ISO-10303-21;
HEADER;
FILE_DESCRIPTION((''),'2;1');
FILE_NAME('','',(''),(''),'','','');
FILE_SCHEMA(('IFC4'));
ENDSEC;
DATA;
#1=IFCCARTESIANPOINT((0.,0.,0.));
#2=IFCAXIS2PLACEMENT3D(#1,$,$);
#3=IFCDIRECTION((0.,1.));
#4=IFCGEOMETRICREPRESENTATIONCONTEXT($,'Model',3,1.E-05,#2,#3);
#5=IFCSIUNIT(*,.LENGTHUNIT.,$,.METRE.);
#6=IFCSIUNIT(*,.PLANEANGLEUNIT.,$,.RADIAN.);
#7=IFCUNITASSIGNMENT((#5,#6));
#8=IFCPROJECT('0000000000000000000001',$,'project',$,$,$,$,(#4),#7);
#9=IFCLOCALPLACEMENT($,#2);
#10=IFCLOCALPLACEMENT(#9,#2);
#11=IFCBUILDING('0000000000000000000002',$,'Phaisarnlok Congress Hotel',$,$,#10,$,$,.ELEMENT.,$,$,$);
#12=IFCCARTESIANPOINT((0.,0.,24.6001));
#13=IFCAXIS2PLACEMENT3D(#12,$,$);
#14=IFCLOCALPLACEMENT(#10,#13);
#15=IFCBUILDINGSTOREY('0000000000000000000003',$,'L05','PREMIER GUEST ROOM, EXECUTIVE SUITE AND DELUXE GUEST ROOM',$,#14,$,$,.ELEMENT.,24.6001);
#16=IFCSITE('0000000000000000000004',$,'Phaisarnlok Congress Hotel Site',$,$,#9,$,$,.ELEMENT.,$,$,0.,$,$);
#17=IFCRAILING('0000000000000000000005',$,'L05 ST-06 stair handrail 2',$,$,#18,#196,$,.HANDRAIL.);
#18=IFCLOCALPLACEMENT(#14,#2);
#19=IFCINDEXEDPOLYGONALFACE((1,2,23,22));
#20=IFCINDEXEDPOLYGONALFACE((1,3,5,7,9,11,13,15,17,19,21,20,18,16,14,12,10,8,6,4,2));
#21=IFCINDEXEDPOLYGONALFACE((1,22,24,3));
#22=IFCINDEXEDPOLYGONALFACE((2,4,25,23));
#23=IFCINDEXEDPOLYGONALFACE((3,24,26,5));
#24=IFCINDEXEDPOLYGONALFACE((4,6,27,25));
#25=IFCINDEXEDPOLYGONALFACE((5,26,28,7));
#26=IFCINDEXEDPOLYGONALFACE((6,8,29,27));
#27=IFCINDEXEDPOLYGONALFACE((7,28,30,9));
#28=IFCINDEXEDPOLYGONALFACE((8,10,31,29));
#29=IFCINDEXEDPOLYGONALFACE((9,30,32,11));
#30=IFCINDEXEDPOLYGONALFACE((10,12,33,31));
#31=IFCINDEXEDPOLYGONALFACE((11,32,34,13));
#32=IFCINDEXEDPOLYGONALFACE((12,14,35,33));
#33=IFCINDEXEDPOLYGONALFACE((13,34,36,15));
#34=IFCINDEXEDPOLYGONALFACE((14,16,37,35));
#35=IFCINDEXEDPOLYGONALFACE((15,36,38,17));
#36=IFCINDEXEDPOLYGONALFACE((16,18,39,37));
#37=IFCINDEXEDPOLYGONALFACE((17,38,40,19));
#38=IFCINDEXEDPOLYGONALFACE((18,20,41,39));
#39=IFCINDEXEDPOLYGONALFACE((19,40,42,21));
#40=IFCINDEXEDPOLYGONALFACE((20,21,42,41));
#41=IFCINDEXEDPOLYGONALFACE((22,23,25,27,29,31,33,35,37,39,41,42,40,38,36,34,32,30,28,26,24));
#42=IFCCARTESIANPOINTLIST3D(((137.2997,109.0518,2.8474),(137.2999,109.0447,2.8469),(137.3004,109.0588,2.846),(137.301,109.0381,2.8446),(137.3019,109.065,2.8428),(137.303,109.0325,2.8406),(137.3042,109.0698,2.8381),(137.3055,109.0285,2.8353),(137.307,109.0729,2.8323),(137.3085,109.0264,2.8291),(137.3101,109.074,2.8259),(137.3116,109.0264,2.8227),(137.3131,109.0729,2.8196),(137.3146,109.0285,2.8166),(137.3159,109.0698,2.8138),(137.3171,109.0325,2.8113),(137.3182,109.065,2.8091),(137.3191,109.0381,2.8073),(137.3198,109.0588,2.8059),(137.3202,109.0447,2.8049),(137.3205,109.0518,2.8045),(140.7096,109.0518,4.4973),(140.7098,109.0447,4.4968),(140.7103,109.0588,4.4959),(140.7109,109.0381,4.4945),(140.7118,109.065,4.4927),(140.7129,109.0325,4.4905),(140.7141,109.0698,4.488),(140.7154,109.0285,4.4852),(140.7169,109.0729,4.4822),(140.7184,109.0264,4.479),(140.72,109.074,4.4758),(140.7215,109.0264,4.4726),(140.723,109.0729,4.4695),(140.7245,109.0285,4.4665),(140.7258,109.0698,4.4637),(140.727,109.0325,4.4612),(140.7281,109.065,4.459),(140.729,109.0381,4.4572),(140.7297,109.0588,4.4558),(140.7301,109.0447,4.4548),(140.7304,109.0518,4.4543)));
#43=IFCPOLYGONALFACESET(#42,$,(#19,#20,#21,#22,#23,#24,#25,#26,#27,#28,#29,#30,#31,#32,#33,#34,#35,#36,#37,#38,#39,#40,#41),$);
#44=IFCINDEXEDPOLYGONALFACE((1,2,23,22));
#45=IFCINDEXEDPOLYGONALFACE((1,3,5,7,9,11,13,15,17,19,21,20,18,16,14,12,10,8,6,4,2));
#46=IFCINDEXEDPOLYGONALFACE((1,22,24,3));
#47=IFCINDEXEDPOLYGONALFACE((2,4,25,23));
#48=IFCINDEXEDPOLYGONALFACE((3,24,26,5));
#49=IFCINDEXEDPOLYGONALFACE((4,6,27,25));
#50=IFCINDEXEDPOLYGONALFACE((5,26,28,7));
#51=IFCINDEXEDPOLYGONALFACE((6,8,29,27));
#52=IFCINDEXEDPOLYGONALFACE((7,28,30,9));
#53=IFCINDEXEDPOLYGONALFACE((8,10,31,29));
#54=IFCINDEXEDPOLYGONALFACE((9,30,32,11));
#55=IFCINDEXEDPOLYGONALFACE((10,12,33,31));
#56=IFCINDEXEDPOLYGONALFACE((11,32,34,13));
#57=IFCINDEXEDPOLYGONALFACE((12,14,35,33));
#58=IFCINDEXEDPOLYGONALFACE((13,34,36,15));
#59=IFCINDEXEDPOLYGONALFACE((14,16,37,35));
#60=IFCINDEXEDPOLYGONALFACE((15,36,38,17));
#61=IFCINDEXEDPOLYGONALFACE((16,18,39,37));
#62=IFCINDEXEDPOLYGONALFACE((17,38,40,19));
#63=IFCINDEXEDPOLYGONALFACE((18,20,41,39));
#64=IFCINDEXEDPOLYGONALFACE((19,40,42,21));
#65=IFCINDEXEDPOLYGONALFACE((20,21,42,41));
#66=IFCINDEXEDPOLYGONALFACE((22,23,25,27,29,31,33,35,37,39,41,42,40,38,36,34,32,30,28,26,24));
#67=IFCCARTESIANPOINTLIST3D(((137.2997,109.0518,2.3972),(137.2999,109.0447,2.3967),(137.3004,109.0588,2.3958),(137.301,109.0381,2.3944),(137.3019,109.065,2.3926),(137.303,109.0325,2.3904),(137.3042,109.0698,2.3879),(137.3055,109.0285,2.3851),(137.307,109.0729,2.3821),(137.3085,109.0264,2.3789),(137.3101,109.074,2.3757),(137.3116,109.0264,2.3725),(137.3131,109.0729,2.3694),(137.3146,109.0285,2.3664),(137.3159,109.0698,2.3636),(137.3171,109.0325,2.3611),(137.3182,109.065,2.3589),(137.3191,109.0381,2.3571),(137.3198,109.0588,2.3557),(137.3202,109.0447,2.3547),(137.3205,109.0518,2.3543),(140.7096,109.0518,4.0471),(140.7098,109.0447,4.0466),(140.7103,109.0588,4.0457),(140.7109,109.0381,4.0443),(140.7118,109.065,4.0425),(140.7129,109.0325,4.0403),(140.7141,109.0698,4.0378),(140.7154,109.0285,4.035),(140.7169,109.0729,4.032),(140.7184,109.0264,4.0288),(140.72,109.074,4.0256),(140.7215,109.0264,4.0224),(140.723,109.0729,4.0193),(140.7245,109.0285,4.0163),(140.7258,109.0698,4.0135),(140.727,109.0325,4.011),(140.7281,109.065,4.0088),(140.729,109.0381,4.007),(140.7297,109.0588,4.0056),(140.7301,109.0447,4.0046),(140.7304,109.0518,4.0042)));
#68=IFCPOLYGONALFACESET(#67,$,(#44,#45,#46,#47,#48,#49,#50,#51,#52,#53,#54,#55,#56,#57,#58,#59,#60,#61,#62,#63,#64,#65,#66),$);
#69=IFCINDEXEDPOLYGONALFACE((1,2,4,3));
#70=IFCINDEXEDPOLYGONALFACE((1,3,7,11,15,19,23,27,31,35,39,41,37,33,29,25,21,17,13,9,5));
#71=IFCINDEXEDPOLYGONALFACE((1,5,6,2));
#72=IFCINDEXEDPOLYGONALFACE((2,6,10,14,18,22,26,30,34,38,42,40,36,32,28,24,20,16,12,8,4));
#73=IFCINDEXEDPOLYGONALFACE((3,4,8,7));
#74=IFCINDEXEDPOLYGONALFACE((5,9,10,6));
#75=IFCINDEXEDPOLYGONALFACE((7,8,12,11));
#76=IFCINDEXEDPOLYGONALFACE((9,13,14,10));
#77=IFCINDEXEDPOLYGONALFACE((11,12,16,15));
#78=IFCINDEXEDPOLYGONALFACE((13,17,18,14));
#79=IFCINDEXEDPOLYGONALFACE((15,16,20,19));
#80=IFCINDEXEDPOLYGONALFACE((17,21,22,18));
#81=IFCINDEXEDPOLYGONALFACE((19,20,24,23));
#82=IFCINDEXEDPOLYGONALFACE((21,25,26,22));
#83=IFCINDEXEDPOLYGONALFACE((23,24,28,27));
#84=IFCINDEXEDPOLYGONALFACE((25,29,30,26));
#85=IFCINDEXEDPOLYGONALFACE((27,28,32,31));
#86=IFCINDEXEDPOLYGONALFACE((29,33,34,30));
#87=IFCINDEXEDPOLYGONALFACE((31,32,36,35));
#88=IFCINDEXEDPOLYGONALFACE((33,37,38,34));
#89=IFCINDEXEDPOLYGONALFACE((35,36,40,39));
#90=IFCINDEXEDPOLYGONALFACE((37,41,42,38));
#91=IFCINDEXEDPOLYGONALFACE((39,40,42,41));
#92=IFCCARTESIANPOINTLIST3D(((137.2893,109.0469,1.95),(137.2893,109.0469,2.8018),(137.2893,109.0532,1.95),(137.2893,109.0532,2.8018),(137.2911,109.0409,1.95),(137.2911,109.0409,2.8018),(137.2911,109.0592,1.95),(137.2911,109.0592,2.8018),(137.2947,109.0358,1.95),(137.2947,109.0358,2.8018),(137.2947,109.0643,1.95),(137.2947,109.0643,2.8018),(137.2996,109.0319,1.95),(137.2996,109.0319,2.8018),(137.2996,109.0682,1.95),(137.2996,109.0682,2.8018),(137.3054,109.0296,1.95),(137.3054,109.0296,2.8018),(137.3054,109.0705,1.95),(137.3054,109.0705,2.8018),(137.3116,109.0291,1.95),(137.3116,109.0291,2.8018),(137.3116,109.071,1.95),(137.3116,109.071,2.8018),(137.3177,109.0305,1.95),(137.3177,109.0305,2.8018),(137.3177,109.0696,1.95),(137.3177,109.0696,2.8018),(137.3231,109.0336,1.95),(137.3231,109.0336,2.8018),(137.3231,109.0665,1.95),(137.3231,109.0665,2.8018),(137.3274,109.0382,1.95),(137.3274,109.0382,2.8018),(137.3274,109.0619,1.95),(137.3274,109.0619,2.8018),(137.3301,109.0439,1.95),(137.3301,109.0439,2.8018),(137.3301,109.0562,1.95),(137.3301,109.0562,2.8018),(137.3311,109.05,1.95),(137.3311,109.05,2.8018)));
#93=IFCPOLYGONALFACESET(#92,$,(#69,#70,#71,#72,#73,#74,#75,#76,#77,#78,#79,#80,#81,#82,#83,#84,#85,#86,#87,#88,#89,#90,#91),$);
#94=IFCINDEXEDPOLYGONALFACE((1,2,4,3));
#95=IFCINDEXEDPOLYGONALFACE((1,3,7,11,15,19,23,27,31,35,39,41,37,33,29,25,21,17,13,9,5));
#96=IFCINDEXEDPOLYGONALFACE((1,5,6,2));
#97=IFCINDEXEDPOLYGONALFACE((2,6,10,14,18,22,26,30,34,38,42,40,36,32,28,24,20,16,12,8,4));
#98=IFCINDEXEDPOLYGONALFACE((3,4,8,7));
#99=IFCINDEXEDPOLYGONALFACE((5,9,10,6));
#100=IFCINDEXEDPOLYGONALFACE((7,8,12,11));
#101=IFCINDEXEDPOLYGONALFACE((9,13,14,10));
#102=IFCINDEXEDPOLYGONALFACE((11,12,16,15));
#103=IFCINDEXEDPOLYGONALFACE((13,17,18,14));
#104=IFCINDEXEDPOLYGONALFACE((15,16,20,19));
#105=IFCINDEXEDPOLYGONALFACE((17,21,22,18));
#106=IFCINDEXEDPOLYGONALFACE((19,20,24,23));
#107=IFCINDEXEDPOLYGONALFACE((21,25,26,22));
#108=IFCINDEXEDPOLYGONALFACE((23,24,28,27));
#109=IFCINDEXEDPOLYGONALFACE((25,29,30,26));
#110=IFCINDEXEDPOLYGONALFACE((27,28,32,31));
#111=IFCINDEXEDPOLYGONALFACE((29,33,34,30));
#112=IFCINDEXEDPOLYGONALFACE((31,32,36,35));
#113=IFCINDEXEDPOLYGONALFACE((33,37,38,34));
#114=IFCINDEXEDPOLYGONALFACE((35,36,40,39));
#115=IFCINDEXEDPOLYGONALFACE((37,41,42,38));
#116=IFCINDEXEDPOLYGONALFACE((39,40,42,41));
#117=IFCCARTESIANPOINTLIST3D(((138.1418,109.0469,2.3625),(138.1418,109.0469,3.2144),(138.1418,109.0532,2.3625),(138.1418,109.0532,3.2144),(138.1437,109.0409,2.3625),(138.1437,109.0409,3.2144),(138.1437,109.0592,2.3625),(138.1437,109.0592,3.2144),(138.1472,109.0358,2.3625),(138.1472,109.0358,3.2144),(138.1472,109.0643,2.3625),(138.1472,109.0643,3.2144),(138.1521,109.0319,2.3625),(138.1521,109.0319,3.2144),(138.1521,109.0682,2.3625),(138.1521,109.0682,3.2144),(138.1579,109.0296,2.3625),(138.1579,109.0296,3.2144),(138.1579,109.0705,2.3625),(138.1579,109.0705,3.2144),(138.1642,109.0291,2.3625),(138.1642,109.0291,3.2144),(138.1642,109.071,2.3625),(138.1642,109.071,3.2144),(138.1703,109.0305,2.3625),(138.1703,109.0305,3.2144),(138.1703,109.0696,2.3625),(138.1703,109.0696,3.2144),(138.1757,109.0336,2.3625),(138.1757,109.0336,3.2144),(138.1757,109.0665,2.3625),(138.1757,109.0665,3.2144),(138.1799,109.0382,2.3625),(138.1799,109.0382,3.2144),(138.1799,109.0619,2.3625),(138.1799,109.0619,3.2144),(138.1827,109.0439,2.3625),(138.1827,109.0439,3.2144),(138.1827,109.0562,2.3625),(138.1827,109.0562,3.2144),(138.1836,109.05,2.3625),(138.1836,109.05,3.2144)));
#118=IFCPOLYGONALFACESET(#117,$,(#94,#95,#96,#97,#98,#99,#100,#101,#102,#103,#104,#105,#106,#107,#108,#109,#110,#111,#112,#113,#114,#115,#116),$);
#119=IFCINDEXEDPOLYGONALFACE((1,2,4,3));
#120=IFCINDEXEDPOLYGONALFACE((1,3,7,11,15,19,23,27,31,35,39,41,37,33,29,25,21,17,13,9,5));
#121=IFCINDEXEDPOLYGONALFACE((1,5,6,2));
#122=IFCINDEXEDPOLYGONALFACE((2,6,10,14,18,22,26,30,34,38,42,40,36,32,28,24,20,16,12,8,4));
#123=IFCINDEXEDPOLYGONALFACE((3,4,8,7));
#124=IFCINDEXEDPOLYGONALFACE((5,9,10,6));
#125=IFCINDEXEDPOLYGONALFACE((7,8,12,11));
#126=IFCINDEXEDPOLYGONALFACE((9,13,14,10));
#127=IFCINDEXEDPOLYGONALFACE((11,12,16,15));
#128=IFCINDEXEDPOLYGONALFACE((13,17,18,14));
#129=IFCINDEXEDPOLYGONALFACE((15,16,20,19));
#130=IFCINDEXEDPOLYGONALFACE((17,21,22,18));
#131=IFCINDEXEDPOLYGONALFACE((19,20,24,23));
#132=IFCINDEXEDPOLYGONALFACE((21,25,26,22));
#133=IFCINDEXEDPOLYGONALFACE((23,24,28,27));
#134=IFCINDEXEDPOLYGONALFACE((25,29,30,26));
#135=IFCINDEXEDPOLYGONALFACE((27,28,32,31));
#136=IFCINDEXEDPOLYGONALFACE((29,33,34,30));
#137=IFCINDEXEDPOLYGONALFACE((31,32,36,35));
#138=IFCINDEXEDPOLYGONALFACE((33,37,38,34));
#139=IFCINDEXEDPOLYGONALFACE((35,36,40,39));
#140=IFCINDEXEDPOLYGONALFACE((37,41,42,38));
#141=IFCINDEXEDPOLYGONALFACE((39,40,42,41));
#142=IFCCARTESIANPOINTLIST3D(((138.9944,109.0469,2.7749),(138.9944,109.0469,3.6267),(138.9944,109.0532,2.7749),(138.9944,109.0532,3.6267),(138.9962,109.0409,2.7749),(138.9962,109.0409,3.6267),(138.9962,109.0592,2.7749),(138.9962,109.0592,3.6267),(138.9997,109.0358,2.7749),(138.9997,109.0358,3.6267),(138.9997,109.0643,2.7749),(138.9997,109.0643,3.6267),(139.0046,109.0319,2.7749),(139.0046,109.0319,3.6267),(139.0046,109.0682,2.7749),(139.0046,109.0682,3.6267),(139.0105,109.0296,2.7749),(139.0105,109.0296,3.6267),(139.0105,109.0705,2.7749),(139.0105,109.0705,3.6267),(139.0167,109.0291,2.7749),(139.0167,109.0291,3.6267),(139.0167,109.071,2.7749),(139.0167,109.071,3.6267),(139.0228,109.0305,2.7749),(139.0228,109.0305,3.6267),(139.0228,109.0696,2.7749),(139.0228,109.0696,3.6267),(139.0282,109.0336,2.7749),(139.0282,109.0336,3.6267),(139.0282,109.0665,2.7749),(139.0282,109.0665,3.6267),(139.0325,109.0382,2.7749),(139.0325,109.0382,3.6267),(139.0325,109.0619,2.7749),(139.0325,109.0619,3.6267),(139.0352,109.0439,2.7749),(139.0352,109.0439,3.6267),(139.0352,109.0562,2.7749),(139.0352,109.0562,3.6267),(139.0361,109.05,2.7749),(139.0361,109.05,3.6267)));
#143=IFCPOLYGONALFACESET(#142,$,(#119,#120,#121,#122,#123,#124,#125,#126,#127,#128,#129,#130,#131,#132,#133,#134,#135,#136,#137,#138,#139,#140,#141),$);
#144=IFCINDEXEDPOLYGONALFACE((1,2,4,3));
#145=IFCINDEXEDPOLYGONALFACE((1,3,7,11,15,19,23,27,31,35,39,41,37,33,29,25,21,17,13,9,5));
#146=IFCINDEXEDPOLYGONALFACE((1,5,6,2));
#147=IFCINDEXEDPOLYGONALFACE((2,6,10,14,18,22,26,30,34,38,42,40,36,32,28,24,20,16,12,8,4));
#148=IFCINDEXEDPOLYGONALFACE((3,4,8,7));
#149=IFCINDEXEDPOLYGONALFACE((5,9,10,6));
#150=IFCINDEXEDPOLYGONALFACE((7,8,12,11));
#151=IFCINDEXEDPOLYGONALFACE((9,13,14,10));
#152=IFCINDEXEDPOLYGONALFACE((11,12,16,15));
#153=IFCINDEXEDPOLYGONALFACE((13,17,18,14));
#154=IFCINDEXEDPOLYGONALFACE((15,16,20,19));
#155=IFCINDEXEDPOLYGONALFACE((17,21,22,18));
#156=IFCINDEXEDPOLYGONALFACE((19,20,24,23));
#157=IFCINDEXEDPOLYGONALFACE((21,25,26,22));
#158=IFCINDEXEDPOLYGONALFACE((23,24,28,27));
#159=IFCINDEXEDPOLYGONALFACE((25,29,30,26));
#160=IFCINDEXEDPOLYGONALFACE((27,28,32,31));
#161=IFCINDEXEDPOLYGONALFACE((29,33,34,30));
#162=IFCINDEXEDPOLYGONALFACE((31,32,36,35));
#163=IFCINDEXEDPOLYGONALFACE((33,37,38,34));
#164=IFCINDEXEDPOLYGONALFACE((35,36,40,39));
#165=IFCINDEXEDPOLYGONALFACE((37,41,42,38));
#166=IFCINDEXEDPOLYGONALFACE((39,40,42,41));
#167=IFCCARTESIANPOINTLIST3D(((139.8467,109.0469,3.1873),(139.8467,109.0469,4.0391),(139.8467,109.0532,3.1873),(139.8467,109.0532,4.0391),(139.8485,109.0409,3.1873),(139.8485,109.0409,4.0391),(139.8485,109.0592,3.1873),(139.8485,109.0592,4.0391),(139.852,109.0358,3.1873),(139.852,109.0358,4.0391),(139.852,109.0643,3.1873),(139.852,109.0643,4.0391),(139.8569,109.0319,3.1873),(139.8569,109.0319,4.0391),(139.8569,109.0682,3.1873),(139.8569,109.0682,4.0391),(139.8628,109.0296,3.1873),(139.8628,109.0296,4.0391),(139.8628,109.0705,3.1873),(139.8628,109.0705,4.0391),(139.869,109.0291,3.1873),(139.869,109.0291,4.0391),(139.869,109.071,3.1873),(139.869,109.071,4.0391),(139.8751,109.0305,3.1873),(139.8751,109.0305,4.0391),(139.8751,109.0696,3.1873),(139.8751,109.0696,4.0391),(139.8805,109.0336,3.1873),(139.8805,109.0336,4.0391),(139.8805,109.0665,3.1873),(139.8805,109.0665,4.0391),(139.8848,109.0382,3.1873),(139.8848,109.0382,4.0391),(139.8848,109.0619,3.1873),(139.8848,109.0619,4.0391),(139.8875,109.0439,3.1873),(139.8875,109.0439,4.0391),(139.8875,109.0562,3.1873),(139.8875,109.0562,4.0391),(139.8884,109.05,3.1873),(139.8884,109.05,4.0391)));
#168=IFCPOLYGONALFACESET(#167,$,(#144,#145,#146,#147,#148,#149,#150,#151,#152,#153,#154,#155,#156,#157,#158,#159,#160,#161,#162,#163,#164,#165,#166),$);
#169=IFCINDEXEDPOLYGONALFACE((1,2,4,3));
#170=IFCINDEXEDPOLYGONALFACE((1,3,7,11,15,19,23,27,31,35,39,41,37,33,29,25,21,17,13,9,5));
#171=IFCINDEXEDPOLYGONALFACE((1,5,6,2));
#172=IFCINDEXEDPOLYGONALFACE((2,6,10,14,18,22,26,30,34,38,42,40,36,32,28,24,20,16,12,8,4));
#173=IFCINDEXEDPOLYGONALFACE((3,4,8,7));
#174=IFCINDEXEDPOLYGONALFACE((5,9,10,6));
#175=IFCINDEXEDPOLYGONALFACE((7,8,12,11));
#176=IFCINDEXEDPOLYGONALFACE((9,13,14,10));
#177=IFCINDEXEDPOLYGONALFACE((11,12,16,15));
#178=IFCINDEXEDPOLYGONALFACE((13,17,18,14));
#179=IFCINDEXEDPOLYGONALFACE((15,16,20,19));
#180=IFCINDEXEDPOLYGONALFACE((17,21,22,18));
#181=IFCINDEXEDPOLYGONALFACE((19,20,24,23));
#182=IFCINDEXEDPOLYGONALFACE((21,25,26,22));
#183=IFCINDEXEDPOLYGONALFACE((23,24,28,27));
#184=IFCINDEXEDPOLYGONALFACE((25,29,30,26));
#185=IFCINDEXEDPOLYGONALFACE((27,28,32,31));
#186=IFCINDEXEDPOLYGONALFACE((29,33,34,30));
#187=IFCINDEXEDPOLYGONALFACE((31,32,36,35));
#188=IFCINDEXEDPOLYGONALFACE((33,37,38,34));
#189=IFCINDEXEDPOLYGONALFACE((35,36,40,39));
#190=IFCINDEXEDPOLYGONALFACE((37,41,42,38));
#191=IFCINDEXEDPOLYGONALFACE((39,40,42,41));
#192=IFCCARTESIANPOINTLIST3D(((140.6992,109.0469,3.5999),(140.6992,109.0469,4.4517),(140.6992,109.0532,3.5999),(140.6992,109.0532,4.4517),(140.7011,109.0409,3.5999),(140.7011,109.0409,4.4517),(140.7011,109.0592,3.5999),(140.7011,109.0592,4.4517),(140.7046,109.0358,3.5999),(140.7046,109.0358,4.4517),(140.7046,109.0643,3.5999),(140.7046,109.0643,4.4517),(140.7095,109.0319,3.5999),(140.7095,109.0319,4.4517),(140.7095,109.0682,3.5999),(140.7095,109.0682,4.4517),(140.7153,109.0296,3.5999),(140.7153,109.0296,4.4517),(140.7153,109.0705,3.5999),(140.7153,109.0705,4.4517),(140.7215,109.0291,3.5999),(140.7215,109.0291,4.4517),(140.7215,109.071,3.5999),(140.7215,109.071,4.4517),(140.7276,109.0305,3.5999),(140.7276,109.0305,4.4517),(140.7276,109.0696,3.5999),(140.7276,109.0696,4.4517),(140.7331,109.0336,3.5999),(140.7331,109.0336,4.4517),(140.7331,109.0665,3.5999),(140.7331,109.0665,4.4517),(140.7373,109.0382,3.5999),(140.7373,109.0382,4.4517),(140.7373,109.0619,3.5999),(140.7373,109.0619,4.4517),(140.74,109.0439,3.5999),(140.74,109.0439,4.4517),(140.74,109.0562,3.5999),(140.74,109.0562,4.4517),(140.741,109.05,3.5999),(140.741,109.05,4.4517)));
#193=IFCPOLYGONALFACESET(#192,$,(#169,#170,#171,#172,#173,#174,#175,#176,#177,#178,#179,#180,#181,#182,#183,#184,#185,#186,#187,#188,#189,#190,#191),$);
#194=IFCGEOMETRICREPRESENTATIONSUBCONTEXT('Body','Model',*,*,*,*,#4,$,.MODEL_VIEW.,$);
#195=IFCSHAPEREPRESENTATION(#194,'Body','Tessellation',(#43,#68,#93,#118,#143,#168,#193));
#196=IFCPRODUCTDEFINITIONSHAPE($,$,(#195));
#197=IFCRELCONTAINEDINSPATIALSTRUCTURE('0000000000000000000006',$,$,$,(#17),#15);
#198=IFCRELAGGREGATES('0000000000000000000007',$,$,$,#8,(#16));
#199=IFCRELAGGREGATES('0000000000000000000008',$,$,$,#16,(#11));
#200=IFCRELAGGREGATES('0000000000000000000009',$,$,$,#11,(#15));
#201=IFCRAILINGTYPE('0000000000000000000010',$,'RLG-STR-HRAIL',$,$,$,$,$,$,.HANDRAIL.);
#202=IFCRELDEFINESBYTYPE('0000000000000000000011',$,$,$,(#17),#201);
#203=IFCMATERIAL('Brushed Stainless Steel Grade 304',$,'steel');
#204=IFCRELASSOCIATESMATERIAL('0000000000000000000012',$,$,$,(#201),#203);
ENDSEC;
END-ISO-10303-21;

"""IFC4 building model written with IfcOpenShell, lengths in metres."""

from ifc_helpers import new_model, si_unit, direction, frame, origin, origin_2d, place, context, subcontext, project, spatial, circle, extrude, material, type_object, element, save


model = new_model("IFC4")

# Units and contexts
model_context = context("Model", 3, precision=1e-05, world=origin(), true_north=direction((0.0, 1.0)))
body_context = subcontext(model_context, "Body", "Model", "MODEL_VIEW")
ifc_project = project(units=[si_unit("LENGTHUNIT", "METRE"), si_unit("PLANEANGLEUNIT", "RADIAN")], contexts=[model_context])

# Site, building, storey
site_placement = place(None, origin())
site = spatial("IfcSite", under=ifc_project, at=site_placement, Name="Phaisarnlok Congress Hotel Site", CompositionType="ELEMENT", RefElevation=0.0)
building_placement = place(site_placement, origin())
building = spatial("IfcBuilding", under=site, at=building_placement, Name="Phaisarnlok Congress Hotel", CompositionType="ELEMENT")
storey_placement = place(building_placement, frame((0.0, 0.0, 24.6001)))
storey = spatial("IfcBuildingStorey", under=building, at=storey_placement, Name="L05", Description="PREMIER GUEST ROOM, EXECUTIVE SUITE AND DELUXE GUEST ROOM", CompositionType="ELEMENT", Elevation=24.6001)

# Shared definitions
ifc_material_1 = material(Name="Brushed Stainless Steel Grade 304", Category="steel")

# Railing
railing_type = type_object("IfcRailingType", Name="RLG-STR-HRAIL", PredefinedType="HANDRAIL", material=ifc_material_1)
railing_placement = place(storey_placement, frame((137.3101, 109.05, 1.95)))
element("IfcRailing", 1, at=railing_placement, inside=storey, type_object=railing_type, Name="L05 ST-06 stair handrail 2", PredefinedType="HANDRAIL", context=body_context, shape_type="SweptSolid", body=[
    extrude(circle(Radius=0.0239, at=origin_2d()), frame((0.0, 0.0, 0.876), z_axis=(0.900165, 0.0, 0.435549), x_axis=(0.0, 1.0, 0.0)), (0.0, 0.0, 1.0), 3.7881),
    extrude(circle(Radius=0.0239, at=origin_2d()), frame((0.0, 0.0, 0.4258), z_axis=(0.900165, 0.0, 0.435549), x_axis=(0.0, 1.0, 0.0)), (0.0, 0.0, 1.0), 3.7881),
    extrude(circle(Radius=0.021, at=origin_2d()), origin(), (0.0, 0.0, 1.0), 0.8518),
    extrude(circle(Radius=0.021, at=origin_2d()), frame((0.8525, 0.0, 0.4126)), (0.0, 0.0, 1.0), 0.8518),
    extrude(circle(Radius=0.021, at=origin_2d()), frame((1.7051, 0.0, 0.825)), (0.0, 0.0, 1.0), 0.8518),
    extrude(circle(Radius=0.021, at=origin_2d()), frame((2.5574, 0.0, 1.2373)), (0.0, 0.0, 1.0), 0.8518),
    extrude(circle(Radius=0.021, at=origin_2d()), frame((3.4099, 0.0, 1.6499)), (0.0, 0.0, 1.0), 0.8518),
])

save(model, "model.ifc")
